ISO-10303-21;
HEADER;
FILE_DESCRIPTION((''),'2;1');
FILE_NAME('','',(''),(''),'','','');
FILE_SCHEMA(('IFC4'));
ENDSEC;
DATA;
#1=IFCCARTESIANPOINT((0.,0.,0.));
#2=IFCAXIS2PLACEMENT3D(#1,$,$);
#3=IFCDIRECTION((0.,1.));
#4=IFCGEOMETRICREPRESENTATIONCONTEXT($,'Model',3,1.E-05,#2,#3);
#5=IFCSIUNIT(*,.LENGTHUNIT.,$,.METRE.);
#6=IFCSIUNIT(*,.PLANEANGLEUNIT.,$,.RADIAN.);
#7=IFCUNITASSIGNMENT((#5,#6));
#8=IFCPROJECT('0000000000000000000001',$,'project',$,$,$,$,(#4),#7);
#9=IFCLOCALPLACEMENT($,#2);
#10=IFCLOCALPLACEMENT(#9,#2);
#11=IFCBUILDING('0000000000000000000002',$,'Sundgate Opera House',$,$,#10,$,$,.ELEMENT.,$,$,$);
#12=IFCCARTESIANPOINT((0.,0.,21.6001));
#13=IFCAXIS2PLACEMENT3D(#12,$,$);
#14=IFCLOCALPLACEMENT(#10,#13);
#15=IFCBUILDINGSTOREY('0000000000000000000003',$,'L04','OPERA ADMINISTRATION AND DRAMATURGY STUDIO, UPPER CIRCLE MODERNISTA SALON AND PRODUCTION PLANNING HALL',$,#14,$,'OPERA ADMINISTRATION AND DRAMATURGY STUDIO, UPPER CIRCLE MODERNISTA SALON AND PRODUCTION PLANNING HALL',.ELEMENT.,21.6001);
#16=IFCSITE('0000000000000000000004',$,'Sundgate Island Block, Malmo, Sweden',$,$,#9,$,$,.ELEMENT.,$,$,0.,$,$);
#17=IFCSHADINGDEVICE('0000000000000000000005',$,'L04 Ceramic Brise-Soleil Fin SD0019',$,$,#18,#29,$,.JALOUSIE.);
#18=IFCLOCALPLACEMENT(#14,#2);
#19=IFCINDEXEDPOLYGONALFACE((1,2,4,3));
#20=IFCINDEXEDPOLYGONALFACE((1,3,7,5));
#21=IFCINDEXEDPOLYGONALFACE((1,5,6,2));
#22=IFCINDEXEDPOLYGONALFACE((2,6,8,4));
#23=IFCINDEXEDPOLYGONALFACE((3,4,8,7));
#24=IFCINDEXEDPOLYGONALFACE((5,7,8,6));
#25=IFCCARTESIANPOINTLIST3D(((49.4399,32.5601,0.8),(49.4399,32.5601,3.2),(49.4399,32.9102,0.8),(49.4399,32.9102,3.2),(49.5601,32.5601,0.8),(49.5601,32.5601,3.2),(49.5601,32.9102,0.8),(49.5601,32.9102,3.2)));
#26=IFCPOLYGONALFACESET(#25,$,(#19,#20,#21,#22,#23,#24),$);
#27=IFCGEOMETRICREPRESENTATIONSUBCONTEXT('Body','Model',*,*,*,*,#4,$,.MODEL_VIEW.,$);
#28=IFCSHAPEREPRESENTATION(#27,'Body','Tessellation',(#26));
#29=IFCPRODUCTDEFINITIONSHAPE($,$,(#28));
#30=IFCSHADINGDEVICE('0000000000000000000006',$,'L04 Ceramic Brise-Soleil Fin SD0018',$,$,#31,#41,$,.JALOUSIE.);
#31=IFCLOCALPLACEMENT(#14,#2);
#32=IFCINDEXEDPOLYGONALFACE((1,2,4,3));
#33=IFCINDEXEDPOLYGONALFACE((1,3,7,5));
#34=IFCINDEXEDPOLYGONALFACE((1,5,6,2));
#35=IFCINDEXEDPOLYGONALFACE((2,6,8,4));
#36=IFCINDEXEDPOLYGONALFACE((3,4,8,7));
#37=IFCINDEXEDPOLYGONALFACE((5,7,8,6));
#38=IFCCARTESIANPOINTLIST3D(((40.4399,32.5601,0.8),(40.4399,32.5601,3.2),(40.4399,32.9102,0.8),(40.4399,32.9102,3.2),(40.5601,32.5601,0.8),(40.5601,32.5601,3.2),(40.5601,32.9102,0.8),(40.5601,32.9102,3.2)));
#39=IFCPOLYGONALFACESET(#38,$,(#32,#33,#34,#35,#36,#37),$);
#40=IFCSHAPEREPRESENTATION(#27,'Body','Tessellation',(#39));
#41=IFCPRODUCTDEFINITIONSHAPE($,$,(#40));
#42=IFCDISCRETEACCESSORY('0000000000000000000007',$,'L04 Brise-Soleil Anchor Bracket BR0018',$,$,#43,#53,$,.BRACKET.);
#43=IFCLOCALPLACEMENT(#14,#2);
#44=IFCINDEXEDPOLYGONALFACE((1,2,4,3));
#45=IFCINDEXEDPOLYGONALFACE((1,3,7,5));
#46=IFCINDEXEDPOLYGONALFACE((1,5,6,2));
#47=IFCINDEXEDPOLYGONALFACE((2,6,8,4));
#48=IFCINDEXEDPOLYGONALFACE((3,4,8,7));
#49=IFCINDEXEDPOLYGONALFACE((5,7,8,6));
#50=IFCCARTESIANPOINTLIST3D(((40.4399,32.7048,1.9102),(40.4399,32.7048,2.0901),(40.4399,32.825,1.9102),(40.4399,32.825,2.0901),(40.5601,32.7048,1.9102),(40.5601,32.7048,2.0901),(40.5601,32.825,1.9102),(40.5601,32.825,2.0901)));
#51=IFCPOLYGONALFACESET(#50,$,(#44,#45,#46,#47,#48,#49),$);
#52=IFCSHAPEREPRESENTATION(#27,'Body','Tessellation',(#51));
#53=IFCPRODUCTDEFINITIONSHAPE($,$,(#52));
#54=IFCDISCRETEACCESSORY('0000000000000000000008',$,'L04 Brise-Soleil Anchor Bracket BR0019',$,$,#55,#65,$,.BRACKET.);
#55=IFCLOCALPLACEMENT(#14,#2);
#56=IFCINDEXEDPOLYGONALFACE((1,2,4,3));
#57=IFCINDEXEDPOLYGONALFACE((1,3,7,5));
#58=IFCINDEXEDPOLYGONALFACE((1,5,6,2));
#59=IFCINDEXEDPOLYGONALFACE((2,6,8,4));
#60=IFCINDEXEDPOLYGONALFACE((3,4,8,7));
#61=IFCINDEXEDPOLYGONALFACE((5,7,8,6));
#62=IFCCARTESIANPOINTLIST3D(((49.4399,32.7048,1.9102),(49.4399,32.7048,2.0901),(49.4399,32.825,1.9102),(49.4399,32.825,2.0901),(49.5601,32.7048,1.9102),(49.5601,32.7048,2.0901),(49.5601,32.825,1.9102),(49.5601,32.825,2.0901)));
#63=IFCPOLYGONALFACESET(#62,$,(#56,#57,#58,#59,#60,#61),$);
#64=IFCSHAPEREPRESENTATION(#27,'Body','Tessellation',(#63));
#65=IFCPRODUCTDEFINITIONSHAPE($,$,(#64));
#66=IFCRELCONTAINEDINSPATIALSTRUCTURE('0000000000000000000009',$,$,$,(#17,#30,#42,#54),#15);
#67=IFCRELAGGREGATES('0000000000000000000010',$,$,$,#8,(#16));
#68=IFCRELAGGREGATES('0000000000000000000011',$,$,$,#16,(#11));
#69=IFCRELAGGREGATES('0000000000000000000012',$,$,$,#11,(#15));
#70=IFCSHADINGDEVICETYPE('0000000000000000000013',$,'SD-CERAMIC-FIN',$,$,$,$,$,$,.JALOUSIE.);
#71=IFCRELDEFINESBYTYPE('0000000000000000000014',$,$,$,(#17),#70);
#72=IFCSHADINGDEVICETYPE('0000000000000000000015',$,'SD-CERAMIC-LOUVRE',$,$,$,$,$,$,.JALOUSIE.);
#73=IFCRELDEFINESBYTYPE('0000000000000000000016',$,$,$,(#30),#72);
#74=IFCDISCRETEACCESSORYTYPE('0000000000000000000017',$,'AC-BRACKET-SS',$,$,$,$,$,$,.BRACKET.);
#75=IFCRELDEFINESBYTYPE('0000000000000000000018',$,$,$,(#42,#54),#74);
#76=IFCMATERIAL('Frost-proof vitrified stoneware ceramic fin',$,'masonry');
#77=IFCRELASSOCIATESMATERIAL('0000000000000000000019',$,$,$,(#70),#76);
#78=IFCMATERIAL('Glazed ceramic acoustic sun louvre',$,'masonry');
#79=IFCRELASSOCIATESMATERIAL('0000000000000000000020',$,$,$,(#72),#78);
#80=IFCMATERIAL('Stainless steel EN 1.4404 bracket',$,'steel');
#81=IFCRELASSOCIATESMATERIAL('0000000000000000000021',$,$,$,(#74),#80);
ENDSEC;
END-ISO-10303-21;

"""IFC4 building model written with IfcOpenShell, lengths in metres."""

from ifc_helpers import new_model, si_unit, direction, frame, origin, origin_2d, place, context, subcontext, project, spatial, rectangle, extrude, material, type_object, element, save


model = new_model("IFC4")

# Units and contexts
model_context = context("Model", 3, precision=1e-05, world=origin(), true_north=direction((0.0, 1.0)))
body_context = subcontext(model_context, "Body", "Model", "MODEL_VIEW")
ifc_project = project(units=[si_unit("LENGTHUNIT", "METRE"), si_unit("PLANEANGLEUNIT", "RADIAN")], contexts=[model_context])

# Site, building, storey
site_placement = place(None, origin())
site = spatial("IfcSite", under=ifc_project, at=site_placement, Name="Sundgate Island Block, Malmo, Sweden", CompositionType="ELEMENT", RefElevation=0.0)
building_placement = place(site_placement, origin())
building = spatial("IfcBuilding", under=site, at=building_placement, Name="Sundgate Opera House", CompositionType="ELEMENT")
storey_placement = place(building_placement, frame((0.0, 0.0, 21.6001)))
storey = spatial("IfcBuildingStorey", under=building, at=storey_placement, Name="L04", Description="OPERA ADMINISTRATION AND DRAMATURGY STUDIO, UPPER CIRCLE MODERNISTA SALON AND PRODUCTION PLANNING HALL", LongName="OPERA ADMINISTRATION AND DRAMATURGY STUDIO, UPPER CIRCLE MODERNISTA SALON AND PRODUCTION PLANNING HALL", CompositionType="ELEMENT", Elevation=21.6001)

# Shading devices
ifc_material_1 = material(Name="Frost-proof vitrified stoneware ceramic fin", Category="masonry")
shading_device_type_1 = type_object("IfcShadingDeviceType", Name="SD-CERAMIC-FIN", PredefinedType="JALOUSIE", material=ifc_material_1)
shading_device_1_placement = place(storey_placement, frame((49.5, 32.7351, 0.8), z_axis=(0.0, 0.0, 1.0), x_axis=(1.0, 0.0, 0.0)))
element("IfcShadingDevice", 1, at=shading_device_1_placement, inside=storey, type_object=shading_device_type_1, Name="L04 Ceramic Brise-Soleil Fin SD0019", PredefinedType="JALOUSIE", context=body_context, shape_type="SweptSolid", body=[
    extrude(rectangle(XDim=0.1201, YDim=0.3501, at=origin_2d()), origin(), (0.0, 0.0, 1.0), 2.3999),
])
ifc_material_2 = material(Name="Glazed ceramic acoustic sun louvre", Category="masonry")
shading_device_type_2 = type_object("IfcShadingDeviceType", Name="SD-CERAMIC-LOUVRE", PredefinedType="JALOUSIE", material=ifc_material_2)
shading_device_2_placement = place(storey_placement, frame((40.5, 32.7351, 0.8), z_axis=(0.0, 0.0, 1.0), x_axis=(1.0, 0.0, 0.0)))
element("IfcShadingDevice", 2, at=shading_device_2_placement, inside=storey, type_object=shading_device_type_2, Name="L04 Ceramic Brise-Soleil Fin SD0018", PredefinedType="JALOUSIE", context=body_context, shape_type="SweptSolid", body=[
    extrude(rectangle(XDim=0.1201, YDim=0.3501, at=origin_2d()), origin(), (0.0, 0.0, 1.0), 2.3999),
])

# Discrete accessories
ifc_material_3 = material(Name="Stainless steel EN 1.4404 bracket", Category="steel")
discrete_accessory_type = type_object("IfcDiscreteAccessoryType", Name="AC-BRACKET-SS", PredefinedType="BRACKET", material=ifc_material_3)
for number, where, z_axis, x_axis, name in (
    (3, (40.5, 32.7649, 1.9102), (0.0, 0.0, 1.0), (1.0, 0.0, 0.0), "L04 Brise-Soleil Anchor Bracket BR0018"),
    (4, (49.5, 32.7649, 1.9102), (0.0, 0.0, 1.0), (1.0, 0.0, 0.0), "L04 Brise-Soleil Anchor Bracket BR0019"),
):
    element("IfcDiscreteAccessory", number, at=place(storey_placement, frame(where, z_axis=z_axis, x_axis=x_axis)), inside=storey, type_object=discrete_accessory_type, Name=name, PredefinedType="BRACKET", context=body_context, shape_type="SweptSolid", body=[
        extrude(rectangle(XDim=0.1201, YDim=0.1201, at=origin_2d()), origin(), (0.0, 0.0, 1.0), 0.1799),
    ])

save(model, "model.ifc")
